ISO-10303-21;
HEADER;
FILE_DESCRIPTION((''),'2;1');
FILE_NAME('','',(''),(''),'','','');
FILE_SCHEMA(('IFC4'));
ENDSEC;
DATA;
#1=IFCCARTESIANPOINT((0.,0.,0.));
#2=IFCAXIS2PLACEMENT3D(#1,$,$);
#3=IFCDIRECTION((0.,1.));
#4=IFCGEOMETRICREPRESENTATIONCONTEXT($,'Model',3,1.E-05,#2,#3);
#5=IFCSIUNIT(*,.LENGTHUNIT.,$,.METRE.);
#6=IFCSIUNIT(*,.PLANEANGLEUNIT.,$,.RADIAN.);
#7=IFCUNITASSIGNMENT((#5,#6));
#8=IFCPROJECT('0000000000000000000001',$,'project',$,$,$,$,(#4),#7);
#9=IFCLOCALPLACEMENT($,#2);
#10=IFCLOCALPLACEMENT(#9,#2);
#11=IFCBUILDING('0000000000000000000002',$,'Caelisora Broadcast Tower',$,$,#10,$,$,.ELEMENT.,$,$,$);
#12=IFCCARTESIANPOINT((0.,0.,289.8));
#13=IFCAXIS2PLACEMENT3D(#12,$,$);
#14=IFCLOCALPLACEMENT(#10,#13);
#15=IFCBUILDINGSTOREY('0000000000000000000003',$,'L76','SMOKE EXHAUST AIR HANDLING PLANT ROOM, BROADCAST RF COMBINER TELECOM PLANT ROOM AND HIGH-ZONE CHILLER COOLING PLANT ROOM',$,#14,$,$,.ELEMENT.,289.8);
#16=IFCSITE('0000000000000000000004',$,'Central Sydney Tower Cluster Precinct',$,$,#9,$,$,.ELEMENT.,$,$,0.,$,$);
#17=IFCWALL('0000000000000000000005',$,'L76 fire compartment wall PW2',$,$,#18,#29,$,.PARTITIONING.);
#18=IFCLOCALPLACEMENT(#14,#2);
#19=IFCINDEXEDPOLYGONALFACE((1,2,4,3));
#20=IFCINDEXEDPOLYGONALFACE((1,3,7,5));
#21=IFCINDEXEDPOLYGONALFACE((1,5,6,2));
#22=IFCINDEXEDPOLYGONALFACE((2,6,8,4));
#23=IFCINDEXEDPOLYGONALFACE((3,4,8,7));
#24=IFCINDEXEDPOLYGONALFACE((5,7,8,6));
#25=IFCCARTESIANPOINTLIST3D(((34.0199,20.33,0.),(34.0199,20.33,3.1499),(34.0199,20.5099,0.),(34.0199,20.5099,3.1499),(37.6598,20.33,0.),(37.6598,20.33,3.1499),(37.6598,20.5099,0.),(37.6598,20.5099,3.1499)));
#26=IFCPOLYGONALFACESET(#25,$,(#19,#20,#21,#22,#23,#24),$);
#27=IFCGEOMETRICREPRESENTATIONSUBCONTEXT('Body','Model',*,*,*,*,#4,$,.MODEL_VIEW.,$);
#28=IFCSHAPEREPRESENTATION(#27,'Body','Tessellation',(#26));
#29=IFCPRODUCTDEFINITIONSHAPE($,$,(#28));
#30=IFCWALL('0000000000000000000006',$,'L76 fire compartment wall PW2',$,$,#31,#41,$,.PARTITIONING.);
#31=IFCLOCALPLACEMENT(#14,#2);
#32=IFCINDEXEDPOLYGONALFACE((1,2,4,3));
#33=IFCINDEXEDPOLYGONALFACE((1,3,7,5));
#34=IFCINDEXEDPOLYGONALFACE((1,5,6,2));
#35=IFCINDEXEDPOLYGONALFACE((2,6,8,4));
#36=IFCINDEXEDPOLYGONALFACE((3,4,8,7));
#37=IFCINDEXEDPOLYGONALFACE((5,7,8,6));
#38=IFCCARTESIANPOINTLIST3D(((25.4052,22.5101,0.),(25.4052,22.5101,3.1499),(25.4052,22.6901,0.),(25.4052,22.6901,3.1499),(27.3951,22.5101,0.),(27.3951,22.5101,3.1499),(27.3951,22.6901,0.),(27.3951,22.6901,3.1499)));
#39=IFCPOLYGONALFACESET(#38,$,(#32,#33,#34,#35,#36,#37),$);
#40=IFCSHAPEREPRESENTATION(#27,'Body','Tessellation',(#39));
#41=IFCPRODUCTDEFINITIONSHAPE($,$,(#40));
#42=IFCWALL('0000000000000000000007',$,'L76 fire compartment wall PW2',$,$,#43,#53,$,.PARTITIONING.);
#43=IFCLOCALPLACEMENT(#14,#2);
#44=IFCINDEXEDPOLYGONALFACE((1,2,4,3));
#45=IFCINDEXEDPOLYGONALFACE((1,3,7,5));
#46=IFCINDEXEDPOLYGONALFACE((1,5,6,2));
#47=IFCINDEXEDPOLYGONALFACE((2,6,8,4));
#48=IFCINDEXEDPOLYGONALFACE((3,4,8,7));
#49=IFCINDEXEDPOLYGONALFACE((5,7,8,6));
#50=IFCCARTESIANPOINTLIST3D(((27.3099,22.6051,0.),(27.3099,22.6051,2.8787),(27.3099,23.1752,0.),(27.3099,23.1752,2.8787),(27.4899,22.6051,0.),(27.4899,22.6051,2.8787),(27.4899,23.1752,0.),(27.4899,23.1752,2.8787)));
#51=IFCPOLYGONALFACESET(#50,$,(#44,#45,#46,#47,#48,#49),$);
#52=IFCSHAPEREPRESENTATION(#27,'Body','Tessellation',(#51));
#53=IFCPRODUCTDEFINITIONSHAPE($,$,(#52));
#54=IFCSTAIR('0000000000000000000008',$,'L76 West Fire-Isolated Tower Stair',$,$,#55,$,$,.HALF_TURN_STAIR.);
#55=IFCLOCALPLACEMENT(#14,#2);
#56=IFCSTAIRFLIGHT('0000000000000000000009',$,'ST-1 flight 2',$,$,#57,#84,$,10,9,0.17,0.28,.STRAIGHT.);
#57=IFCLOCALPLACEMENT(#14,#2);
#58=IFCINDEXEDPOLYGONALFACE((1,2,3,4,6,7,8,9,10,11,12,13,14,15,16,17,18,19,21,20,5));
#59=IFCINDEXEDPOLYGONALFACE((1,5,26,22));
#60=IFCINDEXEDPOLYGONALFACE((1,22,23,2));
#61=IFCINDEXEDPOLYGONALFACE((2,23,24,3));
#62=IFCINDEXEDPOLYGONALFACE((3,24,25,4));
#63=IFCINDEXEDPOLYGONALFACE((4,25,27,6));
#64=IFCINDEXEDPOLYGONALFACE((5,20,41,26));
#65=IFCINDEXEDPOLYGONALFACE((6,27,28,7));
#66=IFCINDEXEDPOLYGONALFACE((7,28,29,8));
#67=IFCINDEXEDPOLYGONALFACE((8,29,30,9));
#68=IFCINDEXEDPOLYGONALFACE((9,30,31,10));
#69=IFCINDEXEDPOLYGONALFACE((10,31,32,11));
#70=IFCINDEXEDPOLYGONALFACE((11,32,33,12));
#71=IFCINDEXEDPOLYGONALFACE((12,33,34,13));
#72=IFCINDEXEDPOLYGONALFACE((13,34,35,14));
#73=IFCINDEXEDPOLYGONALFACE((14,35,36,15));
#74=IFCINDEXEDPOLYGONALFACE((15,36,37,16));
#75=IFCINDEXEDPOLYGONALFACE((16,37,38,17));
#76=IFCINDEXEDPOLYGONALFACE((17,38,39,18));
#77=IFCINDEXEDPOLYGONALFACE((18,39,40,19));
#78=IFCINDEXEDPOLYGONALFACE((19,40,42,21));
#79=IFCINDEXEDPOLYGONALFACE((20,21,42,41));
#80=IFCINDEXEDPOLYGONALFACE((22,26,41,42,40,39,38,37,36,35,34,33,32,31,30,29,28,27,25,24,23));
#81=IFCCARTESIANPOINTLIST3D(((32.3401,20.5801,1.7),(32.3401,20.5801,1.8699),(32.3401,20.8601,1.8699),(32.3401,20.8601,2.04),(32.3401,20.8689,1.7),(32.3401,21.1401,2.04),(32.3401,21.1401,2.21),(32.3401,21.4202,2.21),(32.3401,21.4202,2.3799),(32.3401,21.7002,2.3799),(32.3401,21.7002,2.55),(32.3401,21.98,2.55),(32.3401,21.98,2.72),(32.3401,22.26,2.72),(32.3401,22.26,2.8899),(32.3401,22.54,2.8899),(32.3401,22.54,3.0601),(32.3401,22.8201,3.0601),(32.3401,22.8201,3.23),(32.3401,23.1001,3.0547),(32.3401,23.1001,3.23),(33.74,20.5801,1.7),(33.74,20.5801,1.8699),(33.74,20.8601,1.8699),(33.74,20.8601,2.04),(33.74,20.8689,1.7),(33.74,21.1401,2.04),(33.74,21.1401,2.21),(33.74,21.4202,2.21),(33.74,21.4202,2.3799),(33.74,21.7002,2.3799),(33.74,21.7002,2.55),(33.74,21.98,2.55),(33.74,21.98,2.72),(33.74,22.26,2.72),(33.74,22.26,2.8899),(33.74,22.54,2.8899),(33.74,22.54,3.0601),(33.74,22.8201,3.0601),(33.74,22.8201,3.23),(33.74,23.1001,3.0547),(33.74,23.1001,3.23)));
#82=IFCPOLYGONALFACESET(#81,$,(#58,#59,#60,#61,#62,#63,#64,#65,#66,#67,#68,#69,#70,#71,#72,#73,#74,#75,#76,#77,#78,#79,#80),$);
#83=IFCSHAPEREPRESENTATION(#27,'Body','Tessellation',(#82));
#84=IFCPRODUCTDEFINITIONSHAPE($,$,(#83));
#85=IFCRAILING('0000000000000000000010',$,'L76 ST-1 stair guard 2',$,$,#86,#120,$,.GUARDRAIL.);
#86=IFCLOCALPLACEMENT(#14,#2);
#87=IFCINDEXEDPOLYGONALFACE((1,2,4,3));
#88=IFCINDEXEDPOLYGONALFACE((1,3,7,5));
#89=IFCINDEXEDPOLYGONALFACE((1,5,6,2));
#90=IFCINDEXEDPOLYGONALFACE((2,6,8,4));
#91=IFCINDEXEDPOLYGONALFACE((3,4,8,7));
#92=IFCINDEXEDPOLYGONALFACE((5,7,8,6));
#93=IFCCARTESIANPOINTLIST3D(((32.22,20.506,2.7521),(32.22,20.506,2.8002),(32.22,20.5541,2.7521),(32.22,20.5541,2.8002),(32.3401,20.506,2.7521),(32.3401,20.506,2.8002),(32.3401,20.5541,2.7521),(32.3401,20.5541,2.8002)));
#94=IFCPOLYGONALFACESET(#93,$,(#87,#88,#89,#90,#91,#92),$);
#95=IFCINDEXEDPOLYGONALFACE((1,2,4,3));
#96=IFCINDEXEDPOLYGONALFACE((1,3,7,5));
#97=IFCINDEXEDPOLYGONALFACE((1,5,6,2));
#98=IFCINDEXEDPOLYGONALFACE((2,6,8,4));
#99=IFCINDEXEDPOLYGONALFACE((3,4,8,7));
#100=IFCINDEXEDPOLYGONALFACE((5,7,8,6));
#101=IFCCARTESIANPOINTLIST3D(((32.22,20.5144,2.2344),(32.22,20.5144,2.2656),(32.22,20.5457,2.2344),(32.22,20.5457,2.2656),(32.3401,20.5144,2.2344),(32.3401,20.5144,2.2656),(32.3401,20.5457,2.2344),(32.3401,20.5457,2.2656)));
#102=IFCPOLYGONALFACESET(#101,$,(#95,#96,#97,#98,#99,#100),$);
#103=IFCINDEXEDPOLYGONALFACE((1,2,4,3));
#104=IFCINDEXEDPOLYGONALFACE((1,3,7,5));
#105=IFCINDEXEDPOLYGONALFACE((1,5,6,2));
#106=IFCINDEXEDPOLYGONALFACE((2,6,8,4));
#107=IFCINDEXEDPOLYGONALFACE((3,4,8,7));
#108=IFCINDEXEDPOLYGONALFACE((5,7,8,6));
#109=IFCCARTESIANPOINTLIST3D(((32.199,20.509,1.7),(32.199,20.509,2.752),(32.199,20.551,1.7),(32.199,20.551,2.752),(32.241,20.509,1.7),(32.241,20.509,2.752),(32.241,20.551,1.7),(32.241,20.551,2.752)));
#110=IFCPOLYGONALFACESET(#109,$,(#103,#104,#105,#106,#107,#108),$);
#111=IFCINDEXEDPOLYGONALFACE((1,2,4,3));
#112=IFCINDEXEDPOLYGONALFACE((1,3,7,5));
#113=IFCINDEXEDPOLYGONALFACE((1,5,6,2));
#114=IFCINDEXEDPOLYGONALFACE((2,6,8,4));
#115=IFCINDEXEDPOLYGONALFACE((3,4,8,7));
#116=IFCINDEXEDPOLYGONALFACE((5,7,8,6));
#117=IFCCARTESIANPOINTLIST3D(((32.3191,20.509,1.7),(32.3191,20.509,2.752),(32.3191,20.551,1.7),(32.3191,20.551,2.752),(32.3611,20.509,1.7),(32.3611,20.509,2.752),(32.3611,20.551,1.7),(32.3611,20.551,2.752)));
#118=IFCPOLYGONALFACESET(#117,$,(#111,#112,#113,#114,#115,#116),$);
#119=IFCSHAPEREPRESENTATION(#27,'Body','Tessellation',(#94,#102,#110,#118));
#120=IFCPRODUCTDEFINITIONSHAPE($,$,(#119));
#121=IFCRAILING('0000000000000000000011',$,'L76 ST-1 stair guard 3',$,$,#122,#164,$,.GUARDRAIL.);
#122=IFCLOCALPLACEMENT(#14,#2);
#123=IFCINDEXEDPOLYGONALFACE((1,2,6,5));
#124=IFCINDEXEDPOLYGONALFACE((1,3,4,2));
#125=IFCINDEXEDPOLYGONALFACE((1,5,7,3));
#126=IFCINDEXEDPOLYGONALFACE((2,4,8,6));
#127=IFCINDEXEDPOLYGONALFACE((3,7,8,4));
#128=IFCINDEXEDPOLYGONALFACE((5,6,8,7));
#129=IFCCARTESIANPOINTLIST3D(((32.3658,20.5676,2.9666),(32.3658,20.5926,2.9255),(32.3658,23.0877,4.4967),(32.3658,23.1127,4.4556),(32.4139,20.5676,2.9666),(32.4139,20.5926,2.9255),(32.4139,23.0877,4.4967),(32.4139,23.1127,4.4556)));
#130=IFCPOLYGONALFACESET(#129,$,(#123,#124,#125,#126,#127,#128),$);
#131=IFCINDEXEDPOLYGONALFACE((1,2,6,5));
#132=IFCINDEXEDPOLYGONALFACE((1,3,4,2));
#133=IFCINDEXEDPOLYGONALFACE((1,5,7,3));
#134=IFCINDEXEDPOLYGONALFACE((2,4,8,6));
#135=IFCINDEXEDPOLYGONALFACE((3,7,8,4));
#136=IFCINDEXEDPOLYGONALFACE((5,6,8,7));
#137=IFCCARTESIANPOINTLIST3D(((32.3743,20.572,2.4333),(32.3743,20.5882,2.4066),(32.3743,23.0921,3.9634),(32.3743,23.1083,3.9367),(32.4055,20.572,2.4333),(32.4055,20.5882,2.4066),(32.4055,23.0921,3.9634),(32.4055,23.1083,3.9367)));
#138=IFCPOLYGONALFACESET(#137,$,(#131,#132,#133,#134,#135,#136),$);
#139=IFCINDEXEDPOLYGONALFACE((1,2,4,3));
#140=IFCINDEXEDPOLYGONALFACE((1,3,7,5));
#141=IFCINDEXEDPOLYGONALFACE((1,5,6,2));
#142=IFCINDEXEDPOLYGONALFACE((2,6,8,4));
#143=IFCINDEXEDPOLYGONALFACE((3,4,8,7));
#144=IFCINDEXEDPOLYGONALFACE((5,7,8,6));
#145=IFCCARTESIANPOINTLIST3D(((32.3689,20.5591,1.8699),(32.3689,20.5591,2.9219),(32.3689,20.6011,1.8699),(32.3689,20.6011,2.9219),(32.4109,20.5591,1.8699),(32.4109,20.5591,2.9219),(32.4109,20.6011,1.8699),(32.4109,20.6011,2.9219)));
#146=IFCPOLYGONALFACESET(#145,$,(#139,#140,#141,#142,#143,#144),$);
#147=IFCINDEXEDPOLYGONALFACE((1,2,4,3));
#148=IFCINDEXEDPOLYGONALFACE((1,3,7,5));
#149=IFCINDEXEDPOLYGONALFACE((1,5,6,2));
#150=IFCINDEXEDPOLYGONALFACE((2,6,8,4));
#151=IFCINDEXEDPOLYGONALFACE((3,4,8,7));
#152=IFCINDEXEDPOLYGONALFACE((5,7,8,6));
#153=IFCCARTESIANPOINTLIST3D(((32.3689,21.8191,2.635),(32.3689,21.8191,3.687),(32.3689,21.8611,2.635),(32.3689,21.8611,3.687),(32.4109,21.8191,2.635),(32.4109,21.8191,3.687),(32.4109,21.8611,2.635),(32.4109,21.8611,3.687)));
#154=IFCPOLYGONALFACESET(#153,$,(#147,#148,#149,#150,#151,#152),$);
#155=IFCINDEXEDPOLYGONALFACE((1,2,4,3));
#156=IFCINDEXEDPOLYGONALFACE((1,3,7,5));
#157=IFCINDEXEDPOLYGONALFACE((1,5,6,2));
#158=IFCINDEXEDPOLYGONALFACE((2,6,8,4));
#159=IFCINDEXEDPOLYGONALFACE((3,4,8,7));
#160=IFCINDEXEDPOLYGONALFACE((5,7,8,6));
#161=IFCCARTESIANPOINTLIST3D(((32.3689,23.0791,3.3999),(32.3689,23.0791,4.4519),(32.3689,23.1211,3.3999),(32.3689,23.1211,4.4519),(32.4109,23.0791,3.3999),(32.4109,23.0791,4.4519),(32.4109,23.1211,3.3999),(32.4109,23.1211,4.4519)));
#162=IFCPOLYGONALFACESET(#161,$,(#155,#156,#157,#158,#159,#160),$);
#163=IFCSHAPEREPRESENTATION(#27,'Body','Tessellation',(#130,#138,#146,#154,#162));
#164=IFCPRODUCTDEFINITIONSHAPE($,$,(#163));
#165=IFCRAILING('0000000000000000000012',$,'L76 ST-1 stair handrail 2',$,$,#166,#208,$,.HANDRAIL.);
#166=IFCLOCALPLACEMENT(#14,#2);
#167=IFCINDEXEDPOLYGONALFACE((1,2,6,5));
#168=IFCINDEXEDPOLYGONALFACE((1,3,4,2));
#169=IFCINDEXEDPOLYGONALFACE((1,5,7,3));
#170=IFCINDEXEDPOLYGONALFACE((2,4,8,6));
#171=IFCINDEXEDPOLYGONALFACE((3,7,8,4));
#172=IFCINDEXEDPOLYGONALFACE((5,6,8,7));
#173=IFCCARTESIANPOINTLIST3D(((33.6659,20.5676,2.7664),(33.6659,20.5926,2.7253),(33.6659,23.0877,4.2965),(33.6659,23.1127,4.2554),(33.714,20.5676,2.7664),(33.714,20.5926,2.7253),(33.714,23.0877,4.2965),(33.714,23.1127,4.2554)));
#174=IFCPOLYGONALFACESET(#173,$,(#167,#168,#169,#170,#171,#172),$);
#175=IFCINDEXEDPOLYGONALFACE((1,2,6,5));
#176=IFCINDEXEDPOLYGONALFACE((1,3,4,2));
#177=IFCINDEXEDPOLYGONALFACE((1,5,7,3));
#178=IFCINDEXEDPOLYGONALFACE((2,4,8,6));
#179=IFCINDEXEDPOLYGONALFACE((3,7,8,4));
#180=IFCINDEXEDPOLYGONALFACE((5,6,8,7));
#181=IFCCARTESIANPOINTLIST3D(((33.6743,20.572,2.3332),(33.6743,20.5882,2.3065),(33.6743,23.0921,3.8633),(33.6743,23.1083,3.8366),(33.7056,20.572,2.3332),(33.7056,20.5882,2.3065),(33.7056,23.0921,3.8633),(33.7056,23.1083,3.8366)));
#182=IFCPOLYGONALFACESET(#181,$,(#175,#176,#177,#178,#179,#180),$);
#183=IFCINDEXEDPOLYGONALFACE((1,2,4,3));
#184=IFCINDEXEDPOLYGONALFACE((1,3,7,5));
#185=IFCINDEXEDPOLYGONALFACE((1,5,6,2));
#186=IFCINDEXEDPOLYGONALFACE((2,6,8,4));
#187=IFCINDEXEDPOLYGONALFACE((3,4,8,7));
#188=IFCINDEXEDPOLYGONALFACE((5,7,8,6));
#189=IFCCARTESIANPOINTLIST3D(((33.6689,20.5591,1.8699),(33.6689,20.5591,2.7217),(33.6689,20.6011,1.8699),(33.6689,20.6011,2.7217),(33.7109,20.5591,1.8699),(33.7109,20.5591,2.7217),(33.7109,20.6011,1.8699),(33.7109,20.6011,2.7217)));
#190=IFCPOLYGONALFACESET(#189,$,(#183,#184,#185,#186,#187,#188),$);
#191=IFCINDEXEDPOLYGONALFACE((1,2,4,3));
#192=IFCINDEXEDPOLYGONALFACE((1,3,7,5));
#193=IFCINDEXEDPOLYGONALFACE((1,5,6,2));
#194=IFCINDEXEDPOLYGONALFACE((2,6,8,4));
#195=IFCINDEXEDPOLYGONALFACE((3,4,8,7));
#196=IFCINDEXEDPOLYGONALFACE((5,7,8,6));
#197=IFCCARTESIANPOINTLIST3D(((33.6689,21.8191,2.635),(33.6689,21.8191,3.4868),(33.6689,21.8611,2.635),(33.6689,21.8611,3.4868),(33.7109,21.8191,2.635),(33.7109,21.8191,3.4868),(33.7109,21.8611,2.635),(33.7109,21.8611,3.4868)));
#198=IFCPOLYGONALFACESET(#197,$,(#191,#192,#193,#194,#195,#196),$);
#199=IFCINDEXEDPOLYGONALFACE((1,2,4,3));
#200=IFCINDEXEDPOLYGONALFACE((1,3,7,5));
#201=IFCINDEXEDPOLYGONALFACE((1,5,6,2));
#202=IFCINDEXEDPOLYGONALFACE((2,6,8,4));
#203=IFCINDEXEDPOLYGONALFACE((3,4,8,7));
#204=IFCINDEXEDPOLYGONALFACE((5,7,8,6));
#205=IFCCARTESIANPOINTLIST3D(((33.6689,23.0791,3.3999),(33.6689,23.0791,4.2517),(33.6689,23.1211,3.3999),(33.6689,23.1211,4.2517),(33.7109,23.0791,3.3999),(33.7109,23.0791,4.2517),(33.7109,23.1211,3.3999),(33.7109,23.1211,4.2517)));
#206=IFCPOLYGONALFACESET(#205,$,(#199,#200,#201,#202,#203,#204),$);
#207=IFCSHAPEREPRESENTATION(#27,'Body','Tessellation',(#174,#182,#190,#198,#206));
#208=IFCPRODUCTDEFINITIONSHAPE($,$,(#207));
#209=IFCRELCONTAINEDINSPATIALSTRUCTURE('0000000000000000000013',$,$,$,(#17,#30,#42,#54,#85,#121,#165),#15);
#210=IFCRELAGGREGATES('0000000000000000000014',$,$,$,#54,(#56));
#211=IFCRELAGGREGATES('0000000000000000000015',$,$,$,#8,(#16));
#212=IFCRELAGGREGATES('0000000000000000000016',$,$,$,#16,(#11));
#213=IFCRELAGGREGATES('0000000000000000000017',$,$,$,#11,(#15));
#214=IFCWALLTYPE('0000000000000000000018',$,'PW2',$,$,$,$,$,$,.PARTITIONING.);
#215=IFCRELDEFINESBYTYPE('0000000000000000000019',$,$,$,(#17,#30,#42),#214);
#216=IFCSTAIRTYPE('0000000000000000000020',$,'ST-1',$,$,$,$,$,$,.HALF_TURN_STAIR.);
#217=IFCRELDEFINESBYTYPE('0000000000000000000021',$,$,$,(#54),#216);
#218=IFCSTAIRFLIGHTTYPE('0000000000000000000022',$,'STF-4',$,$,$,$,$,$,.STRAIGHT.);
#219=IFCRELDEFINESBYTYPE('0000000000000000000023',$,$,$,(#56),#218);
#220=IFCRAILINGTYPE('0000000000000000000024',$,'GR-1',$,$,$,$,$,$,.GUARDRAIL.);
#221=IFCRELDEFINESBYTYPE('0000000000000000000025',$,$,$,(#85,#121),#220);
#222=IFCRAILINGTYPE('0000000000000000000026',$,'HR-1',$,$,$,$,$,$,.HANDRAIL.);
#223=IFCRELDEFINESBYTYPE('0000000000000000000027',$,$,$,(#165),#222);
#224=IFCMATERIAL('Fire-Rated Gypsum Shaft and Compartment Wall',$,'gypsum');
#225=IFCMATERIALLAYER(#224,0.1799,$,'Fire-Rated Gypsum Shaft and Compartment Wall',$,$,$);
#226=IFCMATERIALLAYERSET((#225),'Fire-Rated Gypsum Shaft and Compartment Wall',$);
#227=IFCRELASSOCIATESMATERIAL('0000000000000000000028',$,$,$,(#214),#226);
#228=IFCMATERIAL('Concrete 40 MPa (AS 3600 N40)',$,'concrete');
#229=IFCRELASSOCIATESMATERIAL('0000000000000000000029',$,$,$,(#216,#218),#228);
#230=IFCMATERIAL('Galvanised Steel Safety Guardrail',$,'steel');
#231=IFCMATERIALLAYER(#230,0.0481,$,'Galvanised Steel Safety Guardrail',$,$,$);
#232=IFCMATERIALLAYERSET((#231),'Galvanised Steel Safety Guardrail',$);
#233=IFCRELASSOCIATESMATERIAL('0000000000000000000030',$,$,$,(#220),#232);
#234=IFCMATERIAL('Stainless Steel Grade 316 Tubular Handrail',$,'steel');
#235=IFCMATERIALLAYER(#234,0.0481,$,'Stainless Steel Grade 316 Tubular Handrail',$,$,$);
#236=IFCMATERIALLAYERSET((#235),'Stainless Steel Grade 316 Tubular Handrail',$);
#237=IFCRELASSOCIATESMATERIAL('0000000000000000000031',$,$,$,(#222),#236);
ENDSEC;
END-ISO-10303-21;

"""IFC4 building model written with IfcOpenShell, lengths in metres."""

from ifc_helpers import new_model, si_unit, direction, frame, frame_2d, origin, origin_2d, place, context, subcontext, project, spatial, polyline, rectangle, outline, extrude, material, layer, layer_set, type_object, element, aggregate, save


model = new_model("IFC4")

# Units and contexts
model_context = context("Model", 3, precision=1e-05, world=origin(), true_north=direction((0.0, 1.0)))
body_context = subcontext(model_context, "Body", "Model", "MODEL_VIEW")
ifc_project = project(units=[si_unit("LENGTHUNIT", "METRE"), si_unit("PLANEANGLEUNIT", "RADIAN")], contexts=[model_context])

# Site, building, storey
site_placement = place(None, origin())
site = spatial("IfcSite", under=ifc_project, at=site_placement, Name="Central Sydney Tower Cluster Precinct", CompositionType="ELEMENT", RefElevation=0.0)
building_placement = place(site_placement, origin())
building = spatial("IfcBuilding", under=site, at=building_placement, Name="Caelisora Broadcast Tower", CompositionType="ELEMENT")
storey_placement = place(building_placement, frame((0.0, 0.0, 289.8)))
storey = spatial("IfcBuildingStorey", under=building, at=storey_placement, Name="L76", Description="SMOKE EXHAUST AIR HANDLING PLANT ROOM, BROADCAST RF COMBINER TELECOM PLANT ROOM AND HIGH-ZONE CHILLER COOLING PLANT ROOM", CompositionType="ELEMENT", Elevation=289.8)

# Shared definitions
ifc_material_1 = material(Name="Concrete 40 MPa (AS 3600 N40)", Category="concrete")

# Walls
ifc_material_2 = material(Name="Fire-Rated Gypsum Shaft and Compartment Wall", Category="gypsum")
ifc_layer_1 = layer(ifc_material_2, 0.1799, Name="Fire-Rated Gypsum Shaft and Compartment Wall")
ifc_layer_set_1 = layer_set([ifc_layer_1], Name="Fire-Rated Gypsum Shaft and Compartment Wall")
wall_type_1 = type_object("IfcWallType", Name="PW2", PredefinedType="PARTITIONING", material=ifc_layer_set_1)
wall_1_placement = place(storey_placement, frame((34.02, 20.4199, 0.0), z_axis=(0.0, 0.0, 1.0), x_axis=(1.0, 0.0, 0.0)))
element("IfcWall", 1, at=wall_1_placement, inside=storey, type_object=wall_type_1, Name="L76 fire compartment wall PW2", PredefinedType="PARTITIONING", context=body_context, shape_type="SweptSolid", body=[
    extrude(rectangle(XDim=3.6399, YDim=0.1799, at=frame_2d((1.8198, 0.0))), origin(), (0.0, 0.0, 1.0), 3.1499),
])
wall_2_placement = place(storey_placement, frame((25.405, 22.6001, 0.0), z_axis=(0.0, 0.0, 1.0), x_axis=(1.0, 0.0, 0.0)))
element("IfcWall", 2, at=wall_2_placement, inside=storey, type_object=wall_type_1, Name="L76 fire compartment wall PW2", PredefinedType="PARTITIONING", context=body_context, shape_type="SweptSolid", body=[
    extrude(rectangle(XDim=1.99, YDim=0.1799, at=frame_2d((0.9951, 0.0))), origin(), (0.0, 0.0, 1.0), 3.1499),
])
wall_3_placement = place(storey_placement, frame((27.3999, 22.605, 0.0), z_axis=(0.0, 0.0, 1.0), x_axis=(0.0, 1.0, 0.0)))
element("IfcWall", 3, at=wall_3_placement, inside=storey, type_object=wall_type_1, Name="L76 fire compartment wall PW2", PredefinedType="PARTITIONING", context=body_context, shape_type="SweptSolid", body=[
    extrude(rectangle(XDim=0.5701, YDim=0.1799, at=frame_2d((0.2852, 0.0))), origin(), (0.0, 0.0, 1.0), 2.8787),
])

# Stair, stair flight
stair_type = type_object("IfcStairType", Name="ST-1", PredefinedType="HALF_TURN_STAIR", material=ifc_material_1)
stair_placement = place(storey_placement, origin())
stair = element("IfcStair", 4, at=stair_placement, inside=storey, type_object=stair_type, Name="L76 West Fire-Isolated Tower Stair", PredefinedType="HALF_TURN_STAIR")
stair_flight_type = type_object("IfcStairFlightType", Name="STF-4", PredefinedType="STRAIGHT", material=ifc_material_1)
stair_flight_placement = place(storey_placement, frame((33.04, 20.5801, 1.7), z_axis=(0.0, 0.0, 1.0), x_axis=(0.0, 1.0, 0.0)))
stair_flight = element("IfcStairFlight", 5, at=stair_flight_placement, type_object=stair_flight_type, Name="ST-1 flight 2", NumberOfRisers=10, NumberOfTreads=9, PredefinedType="STRAIGHT", RiserHeight=0.17, TreadLength=0.28, context=body_context, shape_type="SweptSolid", body=[
    extrude(outline(polyline([(0.0, 0.0), (0.0, 0.1699), (0.28, 0.1699), (0.28, 0.3401), (0.5601, 0.3401), (0.5601, 0.51), (0.8401, 0.51), (0.8401, 0.6799), (1.1201, 0.6799), (1.1201, 0.8501), (1.3999, 0.8501), (1.3999, 1.02), (1.6799, 1.02), (1.6799, 1.1899), (1.96, 1.1899), (1.96, 1.3601), (2.24, 1.3601), (2.24, 1.53), (2.52, 1.53), (2.52, 1.7), (2.52, 1.3547), (0.2888, 0.0), (0.0, 0.0)])), frame((0.0, 0.7, 0.0), z_axis=(0.0, -1.0, 0.0), x_axis=(1.0, 0.0, 0.0)), (0.0, 0.0, 1.0), 1.3999),
])
aggregate(stair, [stair_flight])

# Railings
ifc_material_3 = material(Name="Galvanised Steel Safety Guardrail", Category="steel")
ifc_layer_2 = layer(ifc_material_3, 0.0481, Name="Galvanised Steel Safety Guardrail")
ifc_layer_set_2 = layer_set([ifc_layer_2], Name="Galvanised Steel Safety Guardrail")
railing_type_1 = type_object("IfcRailingType", Name="GR-1", PredefinedType="GUARDRAIL", material=ifc_layer_set_2)
railing_1_placement = place(storey_placement, frame((32.22, 20.53, 1.7)))
element("IfcRailing", 6, at=railing_1_placement, inside=storey, type_object=railing_type_1, Name="L76 ST-1 stair guard 2", PredefinedType="GUARDRAIL", context=body_context, shape_type="SweptSolid", body=[
    extrude(rectangle(XDim=0.0481, YDim=0.0481, at=origin_2d()), frame((0.0, 0.0, 1.0762), z_axis=(1.0, 0.0, 0.0), x_axis=(0.0, 1.0, 0.0)), (0.0, 0.0, 1.0), 0.1201),
    extrude(rectangle(XDim=0.0312, YDim=0.0312, at=origin_2d()), frame((0.0, 0.0, 0.55), z_axis=(1.0, 0.0, 0.0), x_axis=(0.0, 1.0, 0.0)), (0.0, 0.0, 1.0), 0.1201),
    extrude(rectangle(XDim=0.042, YDim=0.042, at=origin_2d()), origin(), (0.0, 0.0, 1.0), 1.052),
    extrude(rectangle(XDim=0.042, YDim=0.042, at=origin_2d()), frame((0.1201, 0.0, 0.0)), (0.0, 0.0, 1.0), 1.052),
])
railing_2_placement = place(storey_placement, frame((32.3899, 20.5801, 1.8699)))
element("IfcRailing", 7, at=railing_2_placement, inside=storey, type_object=railing_type_1, Name="L76 ST-1 stair guard 3", PredefinedType="GUARDRAIL", context=body_context, shape_type="SweptSolid", body=[
    extrude(rectangle(XDim=0.0481, YDim=0.0481, at=origin_2d()), frame((0.0, 0.0, 1.0762), z_axis=(0.0, 0.854785, 0.518982), x_axis=(-1.0, 0.0, 0.0)), (0.0, 0.0, 1.0), 2.9482),
    extrude(rectangle(XDim=0.0312, YDim=0.0312, at=origin_2d()), frame((0.0, 0.0, 0.55), z_axis=(0.0, 0.854785, 0.518982), x_axis=(-1.0, 0.0, 0.0)), (0.0, 0.0, 1.0), 2.9482),
    extrude(rectangle(XDim=0.042, YDim=0.042, at=origin_2d()), origin(), (0.0, 0.0, 1.0), 1.052),
    extrude(rectangle(XDim=0.042, YDim=0.042, at=origin_2d()), frame((0.0, 1.26, 0.7651)), (0.0, 0.0, 1.0), 1.052),
    extrude(rectangle(XDim=0.042, YDim=0.042, at=origin_2d()), frame((0.0, 2.52, 1.53)), (0.0, 0.0, 1.0), 1.052),
])
ifc_material_4 = material(Name="Stainless Steel Grade 316 Tubular Handrail", Category="steel")
ifc_layer_3 = layer(ifc_material_4, 0.0481, Name="Stainless Steel Grade 316 Tubular Handrail")
ifc_layer_set_3 = layer_set([ifc_layer_3], Name="Stainless Steel Grade 316 Tubular Handrail")
railing_type_2 = type_object("IfcRailingType", Name="HR-1", PredefinedType="HANDRAIL", material=ifc_layer_set_3)
railing_3_placement = place(storey_placement, frame((33.6899, 20.5801, 1.8699)))
element("IfcRailing", 8, at=railing_3_placement, inside=storey, type_object=railing_type_2, Name="L76 ST-1 stair handrail 2", PredefinedType="HANDRAIL", context=body_context, shape_type="SweptSolid", body=[
    extrude(rectangle(XDim=0.0481, YDim=0.0481, at=origin_2d()), frame((0.0, 0.0, 0.876), z_axis=(0.0, 0.854785, 0.518982), x_axis=(-1.0, 0.0, 0.0)), (0.0, 0.0, 1.0), 2.9482),
    extrude(rectangle(XDim=0.0312, YDim=0.0312, at=origin_2d()), frame((0.0, 0.0, 0.45), z_axis=(0.0, 0.854785, 0.518982), x_axis=(-1.0, 0.0, 0.0)), (0.0, 0.0, 1.0), 2.9482),
    extrude(rectangle(XDim=0.042, YDim=0.042, at=origin_2d()), origin(), (0.0, 0.0, 1.0), 0.8518),
    extrude(rectangle(XDim=0.042, YDim=0.042, at=origin_2d()), frame((0.0, 1.26, 0.7651)), (0.0, 0.0, 1.0), 0.8518),
    extrude(rectangle(XDim=0.042, YDim=0.042, at=origin_2d()), frame((0.0, 2.52, 1.53)), (0.0, 0.0, 1.0), 0.8518),
])

save(model, "model.ifc")
